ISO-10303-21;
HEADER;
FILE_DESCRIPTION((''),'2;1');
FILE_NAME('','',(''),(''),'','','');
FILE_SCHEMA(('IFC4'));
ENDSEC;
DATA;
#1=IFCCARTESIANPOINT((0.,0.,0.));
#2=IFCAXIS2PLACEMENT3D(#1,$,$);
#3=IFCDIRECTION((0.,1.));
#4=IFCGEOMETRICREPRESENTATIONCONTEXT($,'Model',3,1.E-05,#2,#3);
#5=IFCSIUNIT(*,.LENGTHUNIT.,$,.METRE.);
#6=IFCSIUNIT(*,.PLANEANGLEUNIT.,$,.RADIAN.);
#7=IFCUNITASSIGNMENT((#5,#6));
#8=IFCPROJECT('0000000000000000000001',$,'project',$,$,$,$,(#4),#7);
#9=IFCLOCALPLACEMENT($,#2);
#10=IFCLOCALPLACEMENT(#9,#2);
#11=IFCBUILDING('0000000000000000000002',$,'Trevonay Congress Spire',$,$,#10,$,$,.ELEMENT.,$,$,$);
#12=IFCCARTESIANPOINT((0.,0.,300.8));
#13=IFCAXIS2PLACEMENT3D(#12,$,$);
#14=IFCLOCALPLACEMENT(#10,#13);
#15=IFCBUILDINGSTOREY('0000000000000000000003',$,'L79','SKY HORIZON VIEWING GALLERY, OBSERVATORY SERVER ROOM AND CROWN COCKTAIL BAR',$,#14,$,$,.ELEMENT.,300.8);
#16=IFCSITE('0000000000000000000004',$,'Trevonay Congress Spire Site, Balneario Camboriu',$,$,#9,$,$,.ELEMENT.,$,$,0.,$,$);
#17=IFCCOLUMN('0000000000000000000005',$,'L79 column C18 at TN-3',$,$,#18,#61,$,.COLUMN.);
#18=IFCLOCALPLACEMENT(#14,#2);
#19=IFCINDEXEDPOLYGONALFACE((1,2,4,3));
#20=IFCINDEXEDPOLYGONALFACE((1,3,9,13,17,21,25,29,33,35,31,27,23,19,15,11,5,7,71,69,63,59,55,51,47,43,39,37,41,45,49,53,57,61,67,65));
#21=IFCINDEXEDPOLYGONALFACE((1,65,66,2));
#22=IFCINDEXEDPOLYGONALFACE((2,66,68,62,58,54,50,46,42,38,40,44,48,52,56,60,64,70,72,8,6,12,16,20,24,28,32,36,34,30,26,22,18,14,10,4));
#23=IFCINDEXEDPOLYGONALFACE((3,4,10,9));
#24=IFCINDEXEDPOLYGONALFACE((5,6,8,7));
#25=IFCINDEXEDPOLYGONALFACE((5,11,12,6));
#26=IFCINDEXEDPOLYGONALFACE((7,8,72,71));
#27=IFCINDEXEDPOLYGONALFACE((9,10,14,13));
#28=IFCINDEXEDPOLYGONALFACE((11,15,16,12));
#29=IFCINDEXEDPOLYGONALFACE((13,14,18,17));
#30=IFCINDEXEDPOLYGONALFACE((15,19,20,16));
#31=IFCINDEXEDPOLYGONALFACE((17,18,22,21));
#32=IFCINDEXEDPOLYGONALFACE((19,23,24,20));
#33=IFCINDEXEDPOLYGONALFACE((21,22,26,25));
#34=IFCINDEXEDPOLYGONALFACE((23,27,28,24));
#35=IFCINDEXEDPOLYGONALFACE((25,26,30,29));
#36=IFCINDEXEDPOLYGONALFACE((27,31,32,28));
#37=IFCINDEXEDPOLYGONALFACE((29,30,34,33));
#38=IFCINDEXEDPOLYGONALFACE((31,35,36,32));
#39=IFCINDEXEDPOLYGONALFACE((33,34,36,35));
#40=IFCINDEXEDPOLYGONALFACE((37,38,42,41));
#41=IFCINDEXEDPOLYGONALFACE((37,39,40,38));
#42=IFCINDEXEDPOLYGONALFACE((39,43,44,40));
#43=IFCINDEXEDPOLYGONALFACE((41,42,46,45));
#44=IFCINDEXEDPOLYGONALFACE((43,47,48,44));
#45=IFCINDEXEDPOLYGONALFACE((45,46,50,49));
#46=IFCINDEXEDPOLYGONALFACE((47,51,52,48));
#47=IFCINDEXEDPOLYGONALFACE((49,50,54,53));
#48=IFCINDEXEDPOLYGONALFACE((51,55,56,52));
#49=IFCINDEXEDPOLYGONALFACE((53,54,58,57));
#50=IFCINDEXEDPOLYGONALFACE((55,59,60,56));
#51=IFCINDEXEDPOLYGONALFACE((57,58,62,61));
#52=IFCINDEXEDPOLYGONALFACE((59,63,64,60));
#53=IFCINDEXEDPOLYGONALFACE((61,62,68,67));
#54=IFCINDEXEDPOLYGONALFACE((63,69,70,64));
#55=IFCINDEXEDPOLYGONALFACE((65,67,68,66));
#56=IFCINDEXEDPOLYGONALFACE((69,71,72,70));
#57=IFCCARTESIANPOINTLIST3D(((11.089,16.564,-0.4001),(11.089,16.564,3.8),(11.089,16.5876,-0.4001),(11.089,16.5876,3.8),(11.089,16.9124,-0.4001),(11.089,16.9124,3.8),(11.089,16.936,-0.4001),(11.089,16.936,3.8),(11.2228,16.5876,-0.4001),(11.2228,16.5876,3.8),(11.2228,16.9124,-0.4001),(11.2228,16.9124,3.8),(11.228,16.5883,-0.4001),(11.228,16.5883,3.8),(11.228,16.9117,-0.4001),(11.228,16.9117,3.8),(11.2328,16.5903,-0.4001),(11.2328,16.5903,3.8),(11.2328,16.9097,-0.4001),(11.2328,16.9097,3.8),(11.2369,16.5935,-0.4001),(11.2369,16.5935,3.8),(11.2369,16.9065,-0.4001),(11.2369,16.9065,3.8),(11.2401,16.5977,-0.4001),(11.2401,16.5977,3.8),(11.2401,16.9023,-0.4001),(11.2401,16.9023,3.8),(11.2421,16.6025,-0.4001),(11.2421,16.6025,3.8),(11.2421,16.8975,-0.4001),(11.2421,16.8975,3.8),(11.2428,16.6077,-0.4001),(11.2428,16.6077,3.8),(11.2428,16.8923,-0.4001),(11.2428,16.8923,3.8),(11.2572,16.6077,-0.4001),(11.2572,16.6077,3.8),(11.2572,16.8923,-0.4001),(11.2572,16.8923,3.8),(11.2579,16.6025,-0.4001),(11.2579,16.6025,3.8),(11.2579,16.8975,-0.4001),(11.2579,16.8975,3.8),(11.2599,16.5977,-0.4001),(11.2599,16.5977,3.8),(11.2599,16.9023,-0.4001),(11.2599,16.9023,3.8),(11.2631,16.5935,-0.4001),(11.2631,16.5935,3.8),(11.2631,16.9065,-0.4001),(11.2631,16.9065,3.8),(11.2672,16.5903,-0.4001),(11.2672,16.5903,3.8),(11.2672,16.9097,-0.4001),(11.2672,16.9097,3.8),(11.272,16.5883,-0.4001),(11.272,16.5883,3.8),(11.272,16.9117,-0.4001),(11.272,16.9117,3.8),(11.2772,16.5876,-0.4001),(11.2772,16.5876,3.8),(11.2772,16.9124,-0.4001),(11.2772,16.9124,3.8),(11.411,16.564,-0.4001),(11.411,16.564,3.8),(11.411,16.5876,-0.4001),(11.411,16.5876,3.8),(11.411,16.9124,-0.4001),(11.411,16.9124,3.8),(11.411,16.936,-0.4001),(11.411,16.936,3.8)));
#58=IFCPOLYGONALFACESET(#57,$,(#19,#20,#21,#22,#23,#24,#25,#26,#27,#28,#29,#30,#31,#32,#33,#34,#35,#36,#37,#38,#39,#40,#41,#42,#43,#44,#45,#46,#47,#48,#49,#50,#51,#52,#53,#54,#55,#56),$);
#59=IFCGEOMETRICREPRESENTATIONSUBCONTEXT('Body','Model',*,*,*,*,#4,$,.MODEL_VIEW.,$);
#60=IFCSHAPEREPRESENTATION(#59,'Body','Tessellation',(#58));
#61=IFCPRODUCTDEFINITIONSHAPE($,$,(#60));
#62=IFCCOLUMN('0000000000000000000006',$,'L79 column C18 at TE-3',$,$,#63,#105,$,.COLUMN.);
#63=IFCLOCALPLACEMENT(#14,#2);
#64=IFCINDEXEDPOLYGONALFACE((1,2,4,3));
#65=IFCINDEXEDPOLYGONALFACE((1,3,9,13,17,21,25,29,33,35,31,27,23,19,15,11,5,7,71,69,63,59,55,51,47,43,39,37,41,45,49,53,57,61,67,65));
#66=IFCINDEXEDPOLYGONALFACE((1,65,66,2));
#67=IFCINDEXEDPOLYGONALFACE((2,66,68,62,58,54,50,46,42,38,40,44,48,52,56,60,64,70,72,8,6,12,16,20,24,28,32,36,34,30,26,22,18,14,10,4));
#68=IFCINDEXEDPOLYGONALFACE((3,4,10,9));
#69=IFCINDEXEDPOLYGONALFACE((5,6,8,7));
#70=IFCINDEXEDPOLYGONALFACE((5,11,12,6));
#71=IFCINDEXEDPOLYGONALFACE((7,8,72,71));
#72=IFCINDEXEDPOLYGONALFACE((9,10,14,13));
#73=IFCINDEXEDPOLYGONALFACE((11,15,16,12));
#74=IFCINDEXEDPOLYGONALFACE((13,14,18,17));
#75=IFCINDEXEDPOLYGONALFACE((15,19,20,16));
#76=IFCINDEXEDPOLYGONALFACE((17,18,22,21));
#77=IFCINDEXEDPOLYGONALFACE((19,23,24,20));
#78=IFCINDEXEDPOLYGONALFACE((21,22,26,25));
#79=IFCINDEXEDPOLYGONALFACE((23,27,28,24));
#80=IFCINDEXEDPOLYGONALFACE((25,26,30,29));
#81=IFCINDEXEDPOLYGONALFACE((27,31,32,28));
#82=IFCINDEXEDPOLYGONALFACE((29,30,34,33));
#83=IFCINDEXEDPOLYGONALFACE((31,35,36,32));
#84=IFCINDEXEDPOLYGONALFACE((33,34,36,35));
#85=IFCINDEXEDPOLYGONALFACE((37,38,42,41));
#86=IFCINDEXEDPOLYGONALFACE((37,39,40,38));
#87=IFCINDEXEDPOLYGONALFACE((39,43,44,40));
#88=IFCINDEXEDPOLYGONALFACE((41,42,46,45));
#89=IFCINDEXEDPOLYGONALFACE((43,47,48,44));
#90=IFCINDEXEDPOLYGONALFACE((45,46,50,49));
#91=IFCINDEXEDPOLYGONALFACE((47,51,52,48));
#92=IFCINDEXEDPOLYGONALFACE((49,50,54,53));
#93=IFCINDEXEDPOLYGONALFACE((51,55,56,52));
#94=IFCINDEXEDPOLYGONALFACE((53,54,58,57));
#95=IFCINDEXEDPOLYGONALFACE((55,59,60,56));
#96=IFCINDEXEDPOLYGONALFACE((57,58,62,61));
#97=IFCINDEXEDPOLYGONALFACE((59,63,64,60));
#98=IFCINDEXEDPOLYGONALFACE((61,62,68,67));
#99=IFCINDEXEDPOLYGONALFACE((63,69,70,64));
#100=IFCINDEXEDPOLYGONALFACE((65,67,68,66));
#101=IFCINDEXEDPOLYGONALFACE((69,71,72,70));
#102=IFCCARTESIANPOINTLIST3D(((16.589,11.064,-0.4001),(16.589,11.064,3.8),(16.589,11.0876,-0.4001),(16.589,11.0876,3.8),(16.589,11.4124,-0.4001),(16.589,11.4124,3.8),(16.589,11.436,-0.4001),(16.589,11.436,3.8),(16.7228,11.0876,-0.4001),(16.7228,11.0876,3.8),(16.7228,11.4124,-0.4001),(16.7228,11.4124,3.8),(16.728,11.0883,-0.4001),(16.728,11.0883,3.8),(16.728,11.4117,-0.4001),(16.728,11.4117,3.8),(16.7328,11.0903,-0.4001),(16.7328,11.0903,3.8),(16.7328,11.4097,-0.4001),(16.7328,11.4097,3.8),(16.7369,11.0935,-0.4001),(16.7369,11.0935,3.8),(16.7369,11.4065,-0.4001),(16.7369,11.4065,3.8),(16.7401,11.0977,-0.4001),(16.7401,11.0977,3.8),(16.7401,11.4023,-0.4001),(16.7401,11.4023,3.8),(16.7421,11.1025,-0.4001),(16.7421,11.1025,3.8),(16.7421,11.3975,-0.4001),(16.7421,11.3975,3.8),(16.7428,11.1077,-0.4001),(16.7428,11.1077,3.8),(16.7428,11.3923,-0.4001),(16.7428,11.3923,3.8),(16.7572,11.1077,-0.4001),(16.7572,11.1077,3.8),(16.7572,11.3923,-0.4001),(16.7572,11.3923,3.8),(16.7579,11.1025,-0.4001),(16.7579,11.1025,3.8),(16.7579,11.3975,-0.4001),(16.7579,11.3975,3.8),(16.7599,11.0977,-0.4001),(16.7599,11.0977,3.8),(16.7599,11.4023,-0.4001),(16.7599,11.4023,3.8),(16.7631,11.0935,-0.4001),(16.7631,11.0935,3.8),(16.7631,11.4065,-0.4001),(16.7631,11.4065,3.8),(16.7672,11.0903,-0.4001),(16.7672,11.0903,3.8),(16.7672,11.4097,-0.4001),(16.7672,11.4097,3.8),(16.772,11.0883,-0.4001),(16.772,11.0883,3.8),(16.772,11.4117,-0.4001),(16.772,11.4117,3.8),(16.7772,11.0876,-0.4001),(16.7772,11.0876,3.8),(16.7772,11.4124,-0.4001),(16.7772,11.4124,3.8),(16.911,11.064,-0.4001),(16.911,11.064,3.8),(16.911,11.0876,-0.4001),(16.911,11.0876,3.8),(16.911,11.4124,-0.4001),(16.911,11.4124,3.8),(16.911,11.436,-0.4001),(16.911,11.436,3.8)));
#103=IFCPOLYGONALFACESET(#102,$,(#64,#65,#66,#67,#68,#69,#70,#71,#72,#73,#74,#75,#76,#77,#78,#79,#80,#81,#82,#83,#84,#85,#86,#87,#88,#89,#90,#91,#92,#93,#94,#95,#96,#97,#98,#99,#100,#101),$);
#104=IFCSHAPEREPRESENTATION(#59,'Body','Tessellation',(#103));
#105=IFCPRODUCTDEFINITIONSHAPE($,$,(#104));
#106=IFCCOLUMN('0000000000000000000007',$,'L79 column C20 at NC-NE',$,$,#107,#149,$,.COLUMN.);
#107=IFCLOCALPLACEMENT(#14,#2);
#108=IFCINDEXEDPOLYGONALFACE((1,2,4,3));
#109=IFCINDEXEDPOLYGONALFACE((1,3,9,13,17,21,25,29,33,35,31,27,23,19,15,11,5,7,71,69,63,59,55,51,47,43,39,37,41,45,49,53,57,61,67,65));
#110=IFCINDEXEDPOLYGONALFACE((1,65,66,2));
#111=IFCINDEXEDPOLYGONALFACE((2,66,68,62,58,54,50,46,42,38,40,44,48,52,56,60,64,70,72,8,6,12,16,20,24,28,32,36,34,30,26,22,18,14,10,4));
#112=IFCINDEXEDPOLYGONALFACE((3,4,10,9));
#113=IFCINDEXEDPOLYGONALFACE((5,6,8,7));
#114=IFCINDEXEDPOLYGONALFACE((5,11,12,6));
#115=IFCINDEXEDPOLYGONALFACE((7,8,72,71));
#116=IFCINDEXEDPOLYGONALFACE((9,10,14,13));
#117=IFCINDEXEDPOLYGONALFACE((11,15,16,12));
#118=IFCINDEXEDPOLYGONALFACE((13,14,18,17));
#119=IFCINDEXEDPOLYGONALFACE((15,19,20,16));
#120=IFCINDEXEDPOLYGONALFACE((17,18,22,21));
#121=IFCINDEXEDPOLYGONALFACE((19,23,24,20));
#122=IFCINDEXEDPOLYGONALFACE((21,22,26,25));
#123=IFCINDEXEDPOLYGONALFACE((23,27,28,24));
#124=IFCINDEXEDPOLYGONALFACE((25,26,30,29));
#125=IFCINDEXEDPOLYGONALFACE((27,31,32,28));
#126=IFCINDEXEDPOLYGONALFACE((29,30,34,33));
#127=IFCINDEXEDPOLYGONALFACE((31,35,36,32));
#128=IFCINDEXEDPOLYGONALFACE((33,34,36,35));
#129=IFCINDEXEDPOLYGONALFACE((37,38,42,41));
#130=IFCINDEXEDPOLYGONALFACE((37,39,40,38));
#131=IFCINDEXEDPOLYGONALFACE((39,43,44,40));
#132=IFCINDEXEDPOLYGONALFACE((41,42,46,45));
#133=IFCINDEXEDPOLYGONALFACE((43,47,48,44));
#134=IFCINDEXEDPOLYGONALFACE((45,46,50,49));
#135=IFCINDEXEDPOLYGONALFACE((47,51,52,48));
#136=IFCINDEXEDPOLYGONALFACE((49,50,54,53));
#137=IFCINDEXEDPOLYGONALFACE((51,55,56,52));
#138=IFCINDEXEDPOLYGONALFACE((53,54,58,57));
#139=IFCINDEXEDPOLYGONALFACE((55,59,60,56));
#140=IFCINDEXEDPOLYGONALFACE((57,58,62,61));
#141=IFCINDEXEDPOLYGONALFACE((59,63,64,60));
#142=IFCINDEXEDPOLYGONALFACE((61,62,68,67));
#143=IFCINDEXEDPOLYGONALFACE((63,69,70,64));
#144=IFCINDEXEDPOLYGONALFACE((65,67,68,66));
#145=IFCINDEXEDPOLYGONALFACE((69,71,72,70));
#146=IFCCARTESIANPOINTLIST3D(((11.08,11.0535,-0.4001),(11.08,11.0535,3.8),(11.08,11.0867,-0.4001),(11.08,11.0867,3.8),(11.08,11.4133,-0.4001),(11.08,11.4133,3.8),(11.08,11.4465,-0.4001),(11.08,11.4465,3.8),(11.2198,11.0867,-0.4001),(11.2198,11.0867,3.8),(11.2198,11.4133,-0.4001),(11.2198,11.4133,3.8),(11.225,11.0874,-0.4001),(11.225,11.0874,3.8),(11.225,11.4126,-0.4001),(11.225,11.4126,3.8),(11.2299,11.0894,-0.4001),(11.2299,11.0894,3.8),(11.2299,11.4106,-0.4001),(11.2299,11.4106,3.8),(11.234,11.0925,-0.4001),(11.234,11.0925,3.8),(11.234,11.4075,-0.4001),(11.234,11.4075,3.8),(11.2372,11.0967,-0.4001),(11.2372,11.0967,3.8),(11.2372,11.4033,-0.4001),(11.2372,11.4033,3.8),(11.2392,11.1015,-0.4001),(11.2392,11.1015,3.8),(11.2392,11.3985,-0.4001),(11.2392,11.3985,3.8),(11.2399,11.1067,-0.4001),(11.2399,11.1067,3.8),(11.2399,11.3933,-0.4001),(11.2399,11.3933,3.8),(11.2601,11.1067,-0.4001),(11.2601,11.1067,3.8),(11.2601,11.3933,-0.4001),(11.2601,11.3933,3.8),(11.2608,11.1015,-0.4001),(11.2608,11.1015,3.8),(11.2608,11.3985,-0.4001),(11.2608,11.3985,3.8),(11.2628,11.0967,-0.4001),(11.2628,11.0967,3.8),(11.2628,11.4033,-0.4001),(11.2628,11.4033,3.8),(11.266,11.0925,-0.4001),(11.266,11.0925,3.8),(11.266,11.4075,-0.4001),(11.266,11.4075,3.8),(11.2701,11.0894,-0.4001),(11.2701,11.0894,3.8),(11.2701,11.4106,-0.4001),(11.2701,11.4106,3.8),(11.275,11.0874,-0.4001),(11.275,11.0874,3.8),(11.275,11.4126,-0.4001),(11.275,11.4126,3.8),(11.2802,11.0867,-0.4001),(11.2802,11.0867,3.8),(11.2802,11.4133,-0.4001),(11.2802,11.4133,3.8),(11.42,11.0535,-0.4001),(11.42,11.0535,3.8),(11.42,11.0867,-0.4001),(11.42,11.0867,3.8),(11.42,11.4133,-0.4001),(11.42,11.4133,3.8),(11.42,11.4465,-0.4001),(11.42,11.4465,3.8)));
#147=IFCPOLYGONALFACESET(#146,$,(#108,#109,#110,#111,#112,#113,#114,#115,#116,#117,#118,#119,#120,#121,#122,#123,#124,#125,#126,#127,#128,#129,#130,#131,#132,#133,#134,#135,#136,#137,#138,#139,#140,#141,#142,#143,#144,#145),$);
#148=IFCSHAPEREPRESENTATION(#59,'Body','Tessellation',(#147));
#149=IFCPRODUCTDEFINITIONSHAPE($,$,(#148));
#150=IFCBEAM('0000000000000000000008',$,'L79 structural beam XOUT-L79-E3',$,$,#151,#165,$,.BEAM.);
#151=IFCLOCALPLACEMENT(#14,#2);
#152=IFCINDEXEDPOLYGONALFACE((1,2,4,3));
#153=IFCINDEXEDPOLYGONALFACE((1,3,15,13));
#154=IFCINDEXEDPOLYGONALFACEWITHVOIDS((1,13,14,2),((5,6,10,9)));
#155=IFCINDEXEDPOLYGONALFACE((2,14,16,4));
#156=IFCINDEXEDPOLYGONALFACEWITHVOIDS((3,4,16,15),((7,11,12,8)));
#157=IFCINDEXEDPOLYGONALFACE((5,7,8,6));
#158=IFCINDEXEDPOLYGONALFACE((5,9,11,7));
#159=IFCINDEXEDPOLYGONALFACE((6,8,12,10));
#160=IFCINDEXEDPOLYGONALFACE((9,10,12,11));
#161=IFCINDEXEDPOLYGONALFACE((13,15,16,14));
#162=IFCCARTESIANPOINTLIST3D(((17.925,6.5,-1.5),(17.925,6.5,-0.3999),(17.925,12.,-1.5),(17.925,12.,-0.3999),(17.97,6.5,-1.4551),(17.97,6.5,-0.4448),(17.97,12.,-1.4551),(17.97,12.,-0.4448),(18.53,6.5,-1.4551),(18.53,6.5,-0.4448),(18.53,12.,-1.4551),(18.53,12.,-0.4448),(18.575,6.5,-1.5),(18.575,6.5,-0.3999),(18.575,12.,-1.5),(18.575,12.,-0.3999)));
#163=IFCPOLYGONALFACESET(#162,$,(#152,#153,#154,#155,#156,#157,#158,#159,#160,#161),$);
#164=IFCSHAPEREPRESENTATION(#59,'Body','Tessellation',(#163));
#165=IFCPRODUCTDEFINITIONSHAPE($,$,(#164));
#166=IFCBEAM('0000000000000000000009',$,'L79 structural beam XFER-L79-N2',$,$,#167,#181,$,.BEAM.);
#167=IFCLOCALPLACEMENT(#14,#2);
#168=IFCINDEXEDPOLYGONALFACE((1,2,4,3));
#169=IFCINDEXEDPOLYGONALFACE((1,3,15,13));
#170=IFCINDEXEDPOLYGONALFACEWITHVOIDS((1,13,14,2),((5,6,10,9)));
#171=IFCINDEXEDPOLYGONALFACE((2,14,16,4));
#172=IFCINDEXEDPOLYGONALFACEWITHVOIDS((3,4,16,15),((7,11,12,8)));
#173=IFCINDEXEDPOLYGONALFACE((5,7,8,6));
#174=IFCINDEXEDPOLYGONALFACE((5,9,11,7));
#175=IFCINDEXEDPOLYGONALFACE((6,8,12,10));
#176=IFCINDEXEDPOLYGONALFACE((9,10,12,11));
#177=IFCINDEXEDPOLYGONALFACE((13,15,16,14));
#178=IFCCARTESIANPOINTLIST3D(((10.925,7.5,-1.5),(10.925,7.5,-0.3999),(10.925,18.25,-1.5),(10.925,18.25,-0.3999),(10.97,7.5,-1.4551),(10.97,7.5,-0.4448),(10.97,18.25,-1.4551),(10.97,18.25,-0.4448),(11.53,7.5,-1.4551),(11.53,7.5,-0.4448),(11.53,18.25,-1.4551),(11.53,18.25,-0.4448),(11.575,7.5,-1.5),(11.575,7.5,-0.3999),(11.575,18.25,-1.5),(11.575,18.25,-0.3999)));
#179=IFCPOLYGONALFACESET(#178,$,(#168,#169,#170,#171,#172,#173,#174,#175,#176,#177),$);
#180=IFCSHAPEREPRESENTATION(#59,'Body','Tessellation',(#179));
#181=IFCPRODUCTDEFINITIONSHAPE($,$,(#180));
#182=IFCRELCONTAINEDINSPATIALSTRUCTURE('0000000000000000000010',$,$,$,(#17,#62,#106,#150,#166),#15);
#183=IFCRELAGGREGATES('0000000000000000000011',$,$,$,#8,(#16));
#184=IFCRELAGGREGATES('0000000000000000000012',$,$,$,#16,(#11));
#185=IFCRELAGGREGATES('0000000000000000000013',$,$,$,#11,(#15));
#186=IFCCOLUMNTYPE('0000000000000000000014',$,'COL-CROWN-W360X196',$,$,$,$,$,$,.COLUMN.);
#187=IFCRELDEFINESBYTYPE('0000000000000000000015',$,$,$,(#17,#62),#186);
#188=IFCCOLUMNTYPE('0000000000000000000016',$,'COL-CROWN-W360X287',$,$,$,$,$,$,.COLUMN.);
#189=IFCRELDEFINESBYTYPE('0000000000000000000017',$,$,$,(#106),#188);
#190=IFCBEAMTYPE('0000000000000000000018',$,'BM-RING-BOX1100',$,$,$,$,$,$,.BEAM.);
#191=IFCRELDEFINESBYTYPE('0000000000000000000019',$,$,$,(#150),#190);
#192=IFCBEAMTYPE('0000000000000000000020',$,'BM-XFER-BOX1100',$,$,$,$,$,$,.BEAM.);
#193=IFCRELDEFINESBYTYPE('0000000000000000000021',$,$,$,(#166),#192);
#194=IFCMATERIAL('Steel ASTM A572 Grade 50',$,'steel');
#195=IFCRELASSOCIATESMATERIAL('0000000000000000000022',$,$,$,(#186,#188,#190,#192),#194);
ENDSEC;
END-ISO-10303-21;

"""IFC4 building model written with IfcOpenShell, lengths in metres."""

from ifc_helpers import new_model, si_unit, direction, frame, origin, origin_2d, place, context, subcontext, project, spatial, hollow_rectangle, i_section, extrude, material, material_profile, profile_set, type_object, element, save


model = new_model("IFC4")

# Units and contexts
model_context = context("Model", 3, precision=1e-05, world=origin(), true_north=direction((0.0, 1.0)))
body_context = subcontext(model_context, "Body", "Model", "MODEL_VIEW")
ifc_project = project(units=[si_unit("LENGTHUNIT", "METRE"), si_unit("PLANEANGLEUNIT", "RADIAN")], contexts=[model_context])

# Site, building, storey
site_placement = place(None, origin())
site = spatial("IfcSite", under=ifc_project, at=site_placement, Name="Trevonay Congress Spire Site, Balneario Camboriu", CompositionType="ELEMENT", RefElevation=0.0)
building_placement = place(site_placement, origin())
building = spatial("IfcBuilding", under=site, at=building_placement, Name="Trevonay Congress Spire", CompositionType="ELEMENT")
storey_placement = place(building_placement, frame((0.0, 0.0, 300.8)))
storey = spatial("IfcBuildingStorey", under=building, at=storey_placement, Name="L79", Description="SKY HORIZON VIEWING GALLERY, OBSERVATORY SERVER ROOM AND CROWN COCKTAIL BAR", CompositionType="ELEMENT", Elevation=300.8)

# Columns
ifc_material_1 = material(Name="Steel ASTM A572 Grade 50", Category="steel")
ifc_material_profile_1 = material_profile(ifc_material_1, i_section(OverallWidth=0.322, OverallDepth=0.3721, WebThickness=0.0144, FlangeThickness=0.0237, FilletRadius=0.02, at=origin_2d()), Name="W360x196")
ifc_profile_set_1 = profile_set([ifc_material_profile_1], Name="Steel ASTM A572 Grade 50")
column_type_1 = type_object("IfcColumnType", Name="COL-CROWN-W360X196", PredefinedType="COLUMN", material=ifc_profile_set_1)
for number, where, z_axis, x_axis, name in (
    (1, (11.25, 16.75, -0.4001), (0.0, 0.0, 1.0), (1.0, 0.0, 0.0), "L79 column C18 at TN-3"),
    (2, (16.75, 11.25, -0.4001), (0.0, 0.0, 1.0), (1.0, 0.0, 0.0), "L79 column C18 at TE-3"),
):
    element("IfcColumn", number, at=place(storey_placement, frame(where, z_axis=z_axis, x_axis=x_axis)), inside=storey, type_object=column_type_1, Name=name, PredefinedType="COLUMN", context=body_context, shape_type="SweptSolid", body=[
        extrude(i_section(OverallWidth=0.322, OverallDepth=0.3721, WebThickness=0.0144, FlangeThickness=0.0237, FilletRadius=0.02, at=origin_2d()), origin(), (0.0, 0.0, 1.0), 4.2002),
    ])
ifc_material_profile_2 = material_profile(ifc_material_1, i_section(OverallWidth=0.3401, OverallDepth=0.3931, WebThickness=0.0203, FlangeThickness=0.0332, FilletRadius=0.02, at=origin_2d()), Name="W360x287")
ifc_profile_set_2 = profile_set([ifc_material_profile_2], Name="Steel ASTM A572 Grade 50")
column_type_2 = type_object("IfcColumnType", Name="COL-CROWN-W360X287", PredefinedType="COLUMN", material=ifc_profile_set_2)
column_placement = place(storey_placement, frame((11.25, 11.25, -0.4001), z_axis=(0.0, 0.0, 1.0), x_axis=(1.0, 0.0, 0.0)))
element("IfcColumn", 3, at=column_placement, inside=storey, type_object=column_type_2, Name="L79 column C20 at NC-NE", PredefinedType="COLUMN", context=body_context, shape_type="SweptSolid", body=[
    extrude(i_section(OverallWidth=0.3401, OverallDepth=0.3931, WebThickness=0.0203, FlangeThickness=0.0332, FilletRadius=0.02, at=origin_2d()), origin(), (0.0, 0.0, 1.0), 4.2002),
])

# Beams
ifc_material_profile_3 = material_profile(ifc_material_1, hollow_rectangle(XDim=0.6499, YDim=1.1001, WallThickness=0.0449, at=origin_2d()), Name="BOX 1100x650x45")
ifc_profile_set_3 = profile_set([ifc_material_profile_3], Name="Steel ASTM A572 Grade 50")
beam_type_1 = type_object("IfcBeamType", Name="BM-RING-BOX1100", PredefinedType="BEAM", material=ifc_profile_set_3)
beam_1_placement = place(storey_placement, frame((18.25, 6.5, -0.95), z_axis=(0.0, 1.0, 0.0), x_axis=(-1.0, 0.0, 0.0)))
element("IfcBeam", 4, at=beam_1_placement, inside=storey, type_object=beam_type_1, Name="L79 structural beam XOUT-L79-E3", PredefinedType="BEAM", context=body_context, shape_type="SweptSolid", body=[
    extrude(hollow_rectangle(XDim=0.6499, YDim=1.1001, WallThickness=0.0449, at=origin_2d()), origin(), (0.0, 0.0, 1.0), 5.5),
])
ifc_material_profile_4 = material_profile(ifc_material_1, hollow_rectangle(XDim=0.6499, YDim=1.1001, WallThickness=0.0449, at=origin_2d()), Name="BOX 1100x650x45")
ifc_profile_set_4 = profile_set([ifc_material_profile_4], Name="Steel ASTM A572 Grade 50")
beam_type_2 = type_object("IfcBeamType", Name="BM-XFER-BOX1100", PredefinedType="BEAM", material=ifc_profile_set_4)
beam_2_placement = place(storey_placement, frame((11.25, 7.5, -0.95), z_axis=(0.0, 1.0, 0.0), x_axis=(-1.0, 0.0, 0.0)))
element("IfcBeam", 5, at=beam_2_placement, inside=storey, type_object=beam_type_2, Name="L79 structural beam XFER-L79-N2", PredefinedType="BEAM", context=body_context, shape_type="SweptSolid", body=[
    extrude(hollow_rectangle(XDim=0.6499, YDim=1.1001, WallThickness=0.0449, at=origin_2d()), origin(), (0.0, 0.0, 1.0), 10.75),
])

save(model, "model.ifc")
